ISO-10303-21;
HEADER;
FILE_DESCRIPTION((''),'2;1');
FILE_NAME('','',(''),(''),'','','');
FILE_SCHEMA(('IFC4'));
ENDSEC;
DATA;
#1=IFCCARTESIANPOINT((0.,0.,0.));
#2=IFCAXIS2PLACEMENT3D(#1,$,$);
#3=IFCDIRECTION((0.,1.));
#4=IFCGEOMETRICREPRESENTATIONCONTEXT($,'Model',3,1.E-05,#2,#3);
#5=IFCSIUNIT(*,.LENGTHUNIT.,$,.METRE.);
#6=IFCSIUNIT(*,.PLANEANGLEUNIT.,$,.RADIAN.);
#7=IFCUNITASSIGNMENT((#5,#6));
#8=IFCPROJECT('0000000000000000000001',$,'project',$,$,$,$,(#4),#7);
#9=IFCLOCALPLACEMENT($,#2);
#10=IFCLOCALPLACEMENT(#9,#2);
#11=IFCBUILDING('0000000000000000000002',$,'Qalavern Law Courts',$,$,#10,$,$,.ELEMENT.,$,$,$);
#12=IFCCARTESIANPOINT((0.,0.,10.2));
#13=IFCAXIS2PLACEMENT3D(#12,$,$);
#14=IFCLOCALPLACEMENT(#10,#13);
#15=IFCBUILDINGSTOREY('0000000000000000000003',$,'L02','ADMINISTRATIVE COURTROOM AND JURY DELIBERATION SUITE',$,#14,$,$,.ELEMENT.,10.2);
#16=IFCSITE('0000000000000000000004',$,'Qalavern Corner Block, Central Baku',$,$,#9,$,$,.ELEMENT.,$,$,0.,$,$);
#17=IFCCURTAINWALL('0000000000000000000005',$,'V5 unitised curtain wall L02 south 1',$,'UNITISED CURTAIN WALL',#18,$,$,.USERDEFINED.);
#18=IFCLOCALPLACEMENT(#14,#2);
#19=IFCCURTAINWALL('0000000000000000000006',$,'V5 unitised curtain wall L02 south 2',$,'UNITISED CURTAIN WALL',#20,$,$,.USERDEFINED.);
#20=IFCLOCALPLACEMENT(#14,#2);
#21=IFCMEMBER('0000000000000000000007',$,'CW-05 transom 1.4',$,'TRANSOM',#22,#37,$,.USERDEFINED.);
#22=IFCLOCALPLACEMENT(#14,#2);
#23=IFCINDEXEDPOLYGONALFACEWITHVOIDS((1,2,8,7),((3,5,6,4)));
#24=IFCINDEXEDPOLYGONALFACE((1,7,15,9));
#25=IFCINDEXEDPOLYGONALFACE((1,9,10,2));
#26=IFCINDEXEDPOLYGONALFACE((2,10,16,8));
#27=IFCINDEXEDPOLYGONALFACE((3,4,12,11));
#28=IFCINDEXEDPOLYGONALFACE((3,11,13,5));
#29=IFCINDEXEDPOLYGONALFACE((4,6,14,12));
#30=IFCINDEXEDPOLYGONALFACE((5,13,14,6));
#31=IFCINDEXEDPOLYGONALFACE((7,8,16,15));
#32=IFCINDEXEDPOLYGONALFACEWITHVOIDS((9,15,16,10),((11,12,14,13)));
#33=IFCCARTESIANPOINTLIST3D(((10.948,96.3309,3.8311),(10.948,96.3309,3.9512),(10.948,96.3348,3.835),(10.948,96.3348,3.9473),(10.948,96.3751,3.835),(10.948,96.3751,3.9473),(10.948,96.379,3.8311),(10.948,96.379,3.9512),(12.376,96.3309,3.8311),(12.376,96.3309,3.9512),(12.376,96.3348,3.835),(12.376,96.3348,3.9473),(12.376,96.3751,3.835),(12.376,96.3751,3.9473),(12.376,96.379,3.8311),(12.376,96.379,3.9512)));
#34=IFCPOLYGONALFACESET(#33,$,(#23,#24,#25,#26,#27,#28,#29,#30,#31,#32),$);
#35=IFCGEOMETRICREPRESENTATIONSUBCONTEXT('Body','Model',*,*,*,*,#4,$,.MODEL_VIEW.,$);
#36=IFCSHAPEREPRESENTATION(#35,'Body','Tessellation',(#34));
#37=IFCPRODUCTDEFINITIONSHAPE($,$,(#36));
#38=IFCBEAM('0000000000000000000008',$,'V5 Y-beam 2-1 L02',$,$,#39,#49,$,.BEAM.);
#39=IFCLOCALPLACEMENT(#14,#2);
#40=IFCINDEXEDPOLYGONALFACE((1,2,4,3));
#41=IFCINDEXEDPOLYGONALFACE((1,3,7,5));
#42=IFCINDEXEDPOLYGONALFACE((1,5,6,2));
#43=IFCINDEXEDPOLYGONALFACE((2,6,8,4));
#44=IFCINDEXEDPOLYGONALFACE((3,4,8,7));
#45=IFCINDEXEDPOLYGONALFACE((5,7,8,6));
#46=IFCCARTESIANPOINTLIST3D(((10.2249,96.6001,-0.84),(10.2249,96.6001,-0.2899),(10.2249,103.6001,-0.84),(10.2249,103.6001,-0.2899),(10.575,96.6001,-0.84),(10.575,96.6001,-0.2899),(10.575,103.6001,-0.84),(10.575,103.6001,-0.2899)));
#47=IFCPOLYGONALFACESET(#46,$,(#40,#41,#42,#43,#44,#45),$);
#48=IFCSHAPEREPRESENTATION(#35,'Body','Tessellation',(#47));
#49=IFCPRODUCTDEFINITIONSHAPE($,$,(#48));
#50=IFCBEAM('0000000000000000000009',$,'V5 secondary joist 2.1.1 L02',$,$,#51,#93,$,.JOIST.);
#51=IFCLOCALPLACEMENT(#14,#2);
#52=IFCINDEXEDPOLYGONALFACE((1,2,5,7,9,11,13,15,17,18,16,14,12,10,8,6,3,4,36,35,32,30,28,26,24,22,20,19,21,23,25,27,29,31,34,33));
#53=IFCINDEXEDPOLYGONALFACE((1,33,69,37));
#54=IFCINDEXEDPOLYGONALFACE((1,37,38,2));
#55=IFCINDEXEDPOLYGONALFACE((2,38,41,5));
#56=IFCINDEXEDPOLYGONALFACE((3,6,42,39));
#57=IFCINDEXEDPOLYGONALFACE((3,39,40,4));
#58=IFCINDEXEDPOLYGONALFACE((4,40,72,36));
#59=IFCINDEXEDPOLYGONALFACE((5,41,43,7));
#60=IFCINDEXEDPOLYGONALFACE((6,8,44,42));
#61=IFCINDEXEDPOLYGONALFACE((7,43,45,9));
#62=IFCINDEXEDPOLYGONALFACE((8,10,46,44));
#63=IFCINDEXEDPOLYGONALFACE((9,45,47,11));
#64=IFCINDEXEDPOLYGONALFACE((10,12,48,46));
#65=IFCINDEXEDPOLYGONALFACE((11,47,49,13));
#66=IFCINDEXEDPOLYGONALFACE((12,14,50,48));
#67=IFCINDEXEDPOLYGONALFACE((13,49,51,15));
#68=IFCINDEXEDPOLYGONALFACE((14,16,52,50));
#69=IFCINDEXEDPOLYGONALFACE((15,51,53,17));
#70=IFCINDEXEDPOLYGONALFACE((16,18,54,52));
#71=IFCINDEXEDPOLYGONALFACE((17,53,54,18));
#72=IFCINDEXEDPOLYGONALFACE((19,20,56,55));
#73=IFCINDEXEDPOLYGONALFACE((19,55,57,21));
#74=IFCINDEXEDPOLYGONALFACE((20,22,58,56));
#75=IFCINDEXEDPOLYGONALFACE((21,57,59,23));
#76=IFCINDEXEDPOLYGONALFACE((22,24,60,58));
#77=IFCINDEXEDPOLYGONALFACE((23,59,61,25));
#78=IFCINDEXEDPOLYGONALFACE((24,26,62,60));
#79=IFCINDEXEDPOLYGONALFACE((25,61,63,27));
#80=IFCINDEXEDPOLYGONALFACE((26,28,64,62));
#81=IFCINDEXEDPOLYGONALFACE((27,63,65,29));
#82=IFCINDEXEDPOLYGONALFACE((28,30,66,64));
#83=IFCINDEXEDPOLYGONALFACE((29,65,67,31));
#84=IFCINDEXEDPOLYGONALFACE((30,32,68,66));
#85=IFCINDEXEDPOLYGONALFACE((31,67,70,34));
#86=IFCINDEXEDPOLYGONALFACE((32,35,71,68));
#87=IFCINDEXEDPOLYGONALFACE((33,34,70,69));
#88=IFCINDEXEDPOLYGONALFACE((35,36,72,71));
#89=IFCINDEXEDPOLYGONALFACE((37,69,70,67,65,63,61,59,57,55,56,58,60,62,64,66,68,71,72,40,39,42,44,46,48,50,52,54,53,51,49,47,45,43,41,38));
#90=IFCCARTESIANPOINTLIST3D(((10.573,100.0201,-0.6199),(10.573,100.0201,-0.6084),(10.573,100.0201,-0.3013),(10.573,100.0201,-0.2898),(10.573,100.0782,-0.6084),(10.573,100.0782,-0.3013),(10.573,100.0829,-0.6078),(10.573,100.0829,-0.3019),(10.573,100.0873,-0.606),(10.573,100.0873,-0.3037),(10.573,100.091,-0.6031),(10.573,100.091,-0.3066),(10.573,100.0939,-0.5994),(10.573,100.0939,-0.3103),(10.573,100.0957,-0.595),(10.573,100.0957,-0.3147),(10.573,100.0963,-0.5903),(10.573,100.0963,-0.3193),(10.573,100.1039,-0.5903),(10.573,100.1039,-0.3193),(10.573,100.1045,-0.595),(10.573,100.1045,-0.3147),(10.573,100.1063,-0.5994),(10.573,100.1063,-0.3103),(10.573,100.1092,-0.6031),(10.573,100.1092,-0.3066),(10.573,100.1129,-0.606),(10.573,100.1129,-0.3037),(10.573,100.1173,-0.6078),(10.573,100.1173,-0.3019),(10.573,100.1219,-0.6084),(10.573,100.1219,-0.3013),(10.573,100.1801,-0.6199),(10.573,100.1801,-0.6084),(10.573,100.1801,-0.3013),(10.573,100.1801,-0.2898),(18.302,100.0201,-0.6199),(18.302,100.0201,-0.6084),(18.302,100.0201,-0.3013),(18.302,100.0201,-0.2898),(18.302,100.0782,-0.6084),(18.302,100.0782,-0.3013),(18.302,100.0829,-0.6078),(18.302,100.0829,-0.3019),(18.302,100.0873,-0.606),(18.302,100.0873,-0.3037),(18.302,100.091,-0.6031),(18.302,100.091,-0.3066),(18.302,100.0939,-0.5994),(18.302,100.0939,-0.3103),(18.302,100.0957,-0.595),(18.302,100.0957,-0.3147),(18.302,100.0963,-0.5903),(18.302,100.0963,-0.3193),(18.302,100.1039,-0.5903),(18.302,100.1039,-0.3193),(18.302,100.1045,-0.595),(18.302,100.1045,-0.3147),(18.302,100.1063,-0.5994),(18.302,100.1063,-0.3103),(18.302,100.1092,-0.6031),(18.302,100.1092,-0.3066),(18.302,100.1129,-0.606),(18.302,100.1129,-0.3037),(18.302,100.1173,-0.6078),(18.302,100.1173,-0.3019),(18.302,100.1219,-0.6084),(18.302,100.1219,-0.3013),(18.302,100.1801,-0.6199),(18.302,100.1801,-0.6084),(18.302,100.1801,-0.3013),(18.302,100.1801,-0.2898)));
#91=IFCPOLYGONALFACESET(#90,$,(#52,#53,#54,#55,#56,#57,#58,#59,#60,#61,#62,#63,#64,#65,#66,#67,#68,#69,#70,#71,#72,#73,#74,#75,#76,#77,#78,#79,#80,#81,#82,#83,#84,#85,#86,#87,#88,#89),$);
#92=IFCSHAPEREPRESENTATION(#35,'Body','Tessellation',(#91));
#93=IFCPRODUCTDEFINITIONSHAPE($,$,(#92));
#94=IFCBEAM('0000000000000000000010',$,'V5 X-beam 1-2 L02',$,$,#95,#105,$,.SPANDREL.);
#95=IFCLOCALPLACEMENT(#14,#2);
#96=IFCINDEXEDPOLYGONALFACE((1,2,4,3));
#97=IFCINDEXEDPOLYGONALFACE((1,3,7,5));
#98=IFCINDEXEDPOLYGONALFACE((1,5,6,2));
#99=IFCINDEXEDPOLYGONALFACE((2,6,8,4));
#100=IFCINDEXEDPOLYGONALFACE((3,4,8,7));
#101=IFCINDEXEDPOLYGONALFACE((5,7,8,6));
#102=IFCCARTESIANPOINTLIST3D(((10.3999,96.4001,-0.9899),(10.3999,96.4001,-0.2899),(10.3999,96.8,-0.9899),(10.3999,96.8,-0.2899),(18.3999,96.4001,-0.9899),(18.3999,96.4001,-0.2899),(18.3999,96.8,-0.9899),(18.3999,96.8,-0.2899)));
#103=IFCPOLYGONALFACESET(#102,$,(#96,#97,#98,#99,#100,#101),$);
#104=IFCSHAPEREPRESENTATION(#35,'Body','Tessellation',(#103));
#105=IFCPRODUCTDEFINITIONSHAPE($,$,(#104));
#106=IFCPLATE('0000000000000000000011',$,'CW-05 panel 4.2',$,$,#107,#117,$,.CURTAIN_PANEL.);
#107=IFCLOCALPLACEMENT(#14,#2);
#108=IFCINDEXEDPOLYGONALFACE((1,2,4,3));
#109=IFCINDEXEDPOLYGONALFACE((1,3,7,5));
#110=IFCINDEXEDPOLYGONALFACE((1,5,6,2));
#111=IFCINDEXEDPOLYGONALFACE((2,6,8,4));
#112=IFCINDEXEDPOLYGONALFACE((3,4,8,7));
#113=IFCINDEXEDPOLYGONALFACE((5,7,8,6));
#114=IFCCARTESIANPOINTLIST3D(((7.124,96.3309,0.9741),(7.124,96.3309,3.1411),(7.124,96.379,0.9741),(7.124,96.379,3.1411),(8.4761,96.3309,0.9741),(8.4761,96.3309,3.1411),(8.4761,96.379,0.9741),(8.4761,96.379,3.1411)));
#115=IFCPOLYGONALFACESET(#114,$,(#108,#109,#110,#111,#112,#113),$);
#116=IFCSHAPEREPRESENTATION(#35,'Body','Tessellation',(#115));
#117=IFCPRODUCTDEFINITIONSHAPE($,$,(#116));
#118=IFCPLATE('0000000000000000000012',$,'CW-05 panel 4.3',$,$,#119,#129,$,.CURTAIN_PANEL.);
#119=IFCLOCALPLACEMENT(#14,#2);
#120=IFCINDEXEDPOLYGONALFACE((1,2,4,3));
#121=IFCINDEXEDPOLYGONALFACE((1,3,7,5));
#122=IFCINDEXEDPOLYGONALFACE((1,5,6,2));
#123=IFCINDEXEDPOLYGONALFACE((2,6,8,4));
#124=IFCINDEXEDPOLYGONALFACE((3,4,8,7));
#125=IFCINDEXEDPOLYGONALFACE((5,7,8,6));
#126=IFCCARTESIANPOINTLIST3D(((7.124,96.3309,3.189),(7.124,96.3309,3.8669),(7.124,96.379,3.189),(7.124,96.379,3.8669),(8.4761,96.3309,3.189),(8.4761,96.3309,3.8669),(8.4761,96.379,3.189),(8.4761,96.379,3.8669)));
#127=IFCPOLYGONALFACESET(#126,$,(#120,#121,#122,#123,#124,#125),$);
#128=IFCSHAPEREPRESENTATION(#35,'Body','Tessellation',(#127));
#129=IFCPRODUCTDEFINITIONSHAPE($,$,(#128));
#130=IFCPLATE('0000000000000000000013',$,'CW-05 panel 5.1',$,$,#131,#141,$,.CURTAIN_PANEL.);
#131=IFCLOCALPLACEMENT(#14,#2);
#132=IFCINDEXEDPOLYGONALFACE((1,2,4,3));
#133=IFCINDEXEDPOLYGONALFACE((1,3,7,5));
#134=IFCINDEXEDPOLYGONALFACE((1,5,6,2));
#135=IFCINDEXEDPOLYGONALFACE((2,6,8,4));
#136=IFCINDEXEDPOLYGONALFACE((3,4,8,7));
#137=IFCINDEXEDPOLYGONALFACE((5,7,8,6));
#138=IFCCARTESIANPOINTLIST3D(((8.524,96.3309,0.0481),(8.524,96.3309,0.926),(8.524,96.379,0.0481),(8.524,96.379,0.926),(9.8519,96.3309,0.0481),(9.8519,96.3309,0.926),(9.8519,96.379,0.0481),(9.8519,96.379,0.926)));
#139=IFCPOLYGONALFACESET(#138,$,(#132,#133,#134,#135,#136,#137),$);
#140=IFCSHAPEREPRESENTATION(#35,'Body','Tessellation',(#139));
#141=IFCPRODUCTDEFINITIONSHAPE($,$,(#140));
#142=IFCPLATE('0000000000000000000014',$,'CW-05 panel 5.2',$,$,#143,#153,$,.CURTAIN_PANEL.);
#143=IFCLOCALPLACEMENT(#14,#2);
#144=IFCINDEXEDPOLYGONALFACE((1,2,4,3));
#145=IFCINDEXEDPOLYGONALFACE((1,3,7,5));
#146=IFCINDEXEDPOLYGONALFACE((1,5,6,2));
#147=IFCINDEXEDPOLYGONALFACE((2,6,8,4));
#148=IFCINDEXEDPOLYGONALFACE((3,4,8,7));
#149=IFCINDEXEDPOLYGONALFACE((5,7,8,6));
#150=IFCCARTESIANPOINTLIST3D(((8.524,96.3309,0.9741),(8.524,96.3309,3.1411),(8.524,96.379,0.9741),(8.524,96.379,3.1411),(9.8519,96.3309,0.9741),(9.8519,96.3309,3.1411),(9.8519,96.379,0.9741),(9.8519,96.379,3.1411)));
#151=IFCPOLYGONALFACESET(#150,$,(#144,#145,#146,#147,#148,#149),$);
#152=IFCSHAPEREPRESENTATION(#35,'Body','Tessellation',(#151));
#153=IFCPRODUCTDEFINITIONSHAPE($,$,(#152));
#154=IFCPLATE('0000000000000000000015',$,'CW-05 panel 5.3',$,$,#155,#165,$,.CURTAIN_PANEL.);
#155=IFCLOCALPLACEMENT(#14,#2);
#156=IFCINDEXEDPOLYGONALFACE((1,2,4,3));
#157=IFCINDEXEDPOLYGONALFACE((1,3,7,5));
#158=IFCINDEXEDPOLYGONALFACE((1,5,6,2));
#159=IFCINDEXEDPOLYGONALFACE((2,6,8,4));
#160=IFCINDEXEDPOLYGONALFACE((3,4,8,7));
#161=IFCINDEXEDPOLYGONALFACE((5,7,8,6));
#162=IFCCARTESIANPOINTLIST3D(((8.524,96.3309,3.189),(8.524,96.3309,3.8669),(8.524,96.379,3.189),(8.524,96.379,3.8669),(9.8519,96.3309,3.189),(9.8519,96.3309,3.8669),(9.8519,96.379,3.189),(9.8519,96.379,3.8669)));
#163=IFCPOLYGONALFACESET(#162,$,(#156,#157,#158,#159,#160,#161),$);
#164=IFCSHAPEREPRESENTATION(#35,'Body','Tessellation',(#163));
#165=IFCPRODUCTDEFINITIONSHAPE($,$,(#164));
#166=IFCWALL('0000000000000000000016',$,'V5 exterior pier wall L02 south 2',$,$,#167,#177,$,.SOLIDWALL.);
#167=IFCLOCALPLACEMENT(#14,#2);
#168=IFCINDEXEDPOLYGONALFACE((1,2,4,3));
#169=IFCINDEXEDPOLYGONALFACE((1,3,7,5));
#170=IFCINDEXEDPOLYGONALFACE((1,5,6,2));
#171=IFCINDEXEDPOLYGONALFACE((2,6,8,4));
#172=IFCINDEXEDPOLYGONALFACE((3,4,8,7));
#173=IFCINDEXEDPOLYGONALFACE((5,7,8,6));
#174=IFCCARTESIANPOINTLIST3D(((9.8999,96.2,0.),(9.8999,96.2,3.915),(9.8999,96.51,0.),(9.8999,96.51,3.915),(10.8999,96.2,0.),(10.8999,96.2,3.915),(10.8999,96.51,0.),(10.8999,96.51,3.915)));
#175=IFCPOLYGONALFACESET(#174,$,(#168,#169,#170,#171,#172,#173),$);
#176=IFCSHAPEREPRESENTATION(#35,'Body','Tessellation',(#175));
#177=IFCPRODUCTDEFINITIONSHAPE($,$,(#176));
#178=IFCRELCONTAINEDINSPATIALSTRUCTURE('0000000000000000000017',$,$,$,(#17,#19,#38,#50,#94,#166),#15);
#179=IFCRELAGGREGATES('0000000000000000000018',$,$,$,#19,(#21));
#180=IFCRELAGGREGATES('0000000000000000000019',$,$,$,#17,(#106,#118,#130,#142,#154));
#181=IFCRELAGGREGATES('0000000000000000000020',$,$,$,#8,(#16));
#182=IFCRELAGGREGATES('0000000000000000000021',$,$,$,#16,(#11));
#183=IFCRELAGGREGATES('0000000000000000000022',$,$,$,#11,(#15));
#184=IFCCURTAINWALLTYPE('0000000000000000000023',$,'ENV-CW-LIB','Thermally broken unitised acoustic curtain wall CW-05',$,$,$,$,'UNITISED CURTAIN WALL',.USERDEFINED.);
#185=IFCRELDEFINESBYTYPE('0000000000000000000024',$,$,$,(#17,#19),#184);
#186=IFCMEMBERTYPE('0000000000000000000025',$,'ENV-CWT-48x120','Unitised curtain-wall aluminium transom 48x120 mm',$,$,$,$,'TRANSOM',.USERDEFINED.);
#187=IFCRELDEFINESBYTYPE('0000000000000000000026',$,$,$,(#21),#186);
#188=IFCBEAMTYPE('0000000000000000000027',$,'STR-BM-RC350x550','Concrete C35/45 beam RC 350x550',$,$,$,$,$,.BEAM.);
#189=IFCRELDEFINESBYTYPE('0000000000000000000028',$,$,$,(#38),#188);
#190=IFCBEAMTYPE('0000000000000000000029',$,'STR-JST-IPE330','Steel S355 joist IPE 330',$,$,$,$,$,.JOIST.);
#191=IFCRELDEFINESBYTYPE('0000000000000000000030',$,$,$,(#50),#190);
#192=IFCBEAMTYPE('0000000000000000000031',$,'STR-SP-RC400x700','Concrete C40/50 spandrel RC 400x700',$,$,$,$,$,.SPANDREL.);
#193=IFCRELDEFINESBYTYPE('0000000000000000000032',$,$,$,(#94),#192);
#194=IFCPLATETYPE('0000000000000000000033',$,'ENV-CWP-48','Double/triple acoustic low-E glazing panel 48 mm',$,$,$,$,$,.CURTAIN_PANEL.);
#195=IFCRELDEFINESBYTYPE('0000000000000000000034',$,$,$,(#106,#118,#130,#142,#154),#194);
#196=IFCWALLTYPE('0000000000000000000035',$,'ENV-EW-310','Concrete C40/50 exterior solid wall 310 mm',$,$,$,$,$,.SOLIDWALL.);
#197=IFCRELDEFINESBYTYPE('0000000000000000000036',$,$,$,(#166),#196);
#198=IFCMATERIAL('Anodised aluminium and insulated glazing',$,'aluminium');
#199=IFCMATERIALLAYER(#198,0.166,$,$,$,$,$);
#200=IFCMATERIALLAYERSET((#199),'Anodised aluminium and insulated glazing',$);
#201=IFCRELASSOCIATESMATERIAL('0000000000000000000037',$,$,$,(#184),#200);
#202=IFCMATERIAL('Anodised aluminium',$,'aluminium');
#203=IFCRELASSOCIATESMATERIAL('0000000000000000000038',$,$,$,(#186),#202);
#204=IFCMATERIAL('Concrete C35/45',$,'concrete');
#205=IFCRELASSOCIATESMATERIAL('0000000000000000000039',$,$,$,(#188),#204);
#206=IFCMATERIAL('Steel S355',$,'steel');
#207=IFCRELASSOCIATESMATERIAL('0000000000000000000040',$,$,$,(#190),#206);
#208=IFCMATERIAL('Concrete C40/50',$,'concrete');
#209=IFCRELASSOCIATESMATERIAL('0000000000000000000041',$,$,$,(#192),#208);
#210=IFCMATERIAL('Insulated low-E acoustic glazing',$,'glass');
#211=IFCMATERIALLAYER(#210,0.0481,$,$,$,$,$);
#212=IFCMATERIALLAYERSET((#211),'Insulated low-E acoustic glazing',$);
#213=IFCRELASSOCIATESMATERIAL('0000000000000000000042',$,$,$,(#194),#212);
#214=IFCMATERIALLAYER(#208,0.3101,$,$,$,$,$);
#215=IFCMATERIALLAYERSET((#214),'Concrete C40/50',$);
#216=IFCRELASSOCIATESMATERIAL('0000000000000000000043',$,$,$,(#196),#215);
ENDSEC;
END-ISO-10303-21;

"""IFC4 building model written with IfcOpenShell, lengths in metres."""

from ifc_helpers import new_model, si_unit, direction, frame, frame_2d, origin, origin_2d, place, context, subcontext, project, spatial, rectangle, hollow_rectangle, i_section, extrude, material, layer, layer_set, material_profile, profile_set, type_object, element, aggregate, save


model = new_model("IFC4")

# Units and contexts
model_context = context("Model", 3, precision=1e-05, world=origin(), true_north=direction((0.0, 1.0)))
body_context = subcontext(model_context, "Body", "Model", "MODEL_VIEW")
ifc_project = project(units=[si_unit("LENGTHUNIT", "METRE"), si_unit("PLANEANGLEUNIT", "RADIAN")], contexts=[model_context])

# Site, building, storey
site_placement = place(None, origin())
site = spatial("IfcSite", under=ifc_project, at=site_placement, Name="Qalavern Corner Block, Central Baku", CompositionType="ELEMENT", RefElevation=0.0)
building_placement = place(site_placement, origin())
building = spatial("IfcBuilding", under=site, at=building_placement, Name="Qalavern Law Courts", CompositionType="ELEMENT")
storey_placement = place(building_placement, frame((0.0, 0.0, 10.2)))
storey = spatial("IfcBuildingStorey", under=building, at=storey_placement, Name="L02", Description="ADMINISTRATIVE COURTROOM AND JURY DELIBERATION SUITE", CompositionType="ELEMENT", Elevation=10.2)

# Curtain wall
ifc_material_1 = material(Name="Anodised aluminium and insulated glazing", Category="aluminium")
ifc_layer_1 = layer(ifc_material_1, 0.166)
ifc_layer_set_1 = layer_set([ifc_layer_1], Name="Anodised aluminium and insulated glazing")
curtain_wall_type = type_object("IfcCurtainWallType", Name="ENV-CW-LIB", Description="Thermally broken unitised acoustic curtain wall CW-05", ElementType="UNITISED CURTAIN WALL", PredefinedType="USERDEFINED", material=ifc_layer_set_1)
curtain_wall_1_placement = place(storey_placement, origin())
curtain_wall_1 = element("IfcCurtainWall", 1, at=curtain_wall_1_placement, inside=storey, type_object=curtain_wall_type, Name="V5 unitised curtain wall L02 south 1", ObjectType="UNITISED CURTAIN WALL", PredefinedType="USERDEFINED")
ifc_material_2 = material(Name="Anodised aluminium", Category="aluminium")

# Curtain wall
curtain_wall_2_placement = place(storey_placement, origin())
curtain_wall_2 = element("IfcCurtainWall", 2, at=curtain_wall_2_placement, inside=storey, type_object=curtain_wall_type, Name="V5 unitised curtain wall L02 south 2", ObjectType="UNITISED CURTAIN WALL", PredefinedType="USERDEFINED")

# Member
ifc_material_profile_1 = material_profile(ifc_material_2, hollow_rectangle(XDim=0.0481, YDim=0.1201, WallThickness=0.0039, at=origin_2d()), Name="ALU TRANSOM 48x120")
ifc_profile_set_1 = profile_set([ifc_material_profile_1], Name="Anodised aluminium")
member_type_1 = type_object("IfcMemberType", Name="ENV-CWT-48x120", Description="Unitised curtain-wall aluminium transom 48x120 mm", ElementType="TRANSOM", PredefinedType="USERDEFINED", material=ifc_profile_set_1)
member_1_placement = place(storey_placement, frame((10.948, 96.355, 3.8911), z_axis=(1.0, 0.0, 0.0), x_axis=(0.0, 1.0, 0.0)))
member_1 = element("IfcMember", 3, at=member_1_placement, type_object=member_type_1, Name="CW-05 transom 1.4", ObjectType="TRANSOM", PredefinedType="USERDEFINED", context=body_context, shape_type="SweptSolid", body=[
    extrude(hollow_rectangle(XDim=0.0481, YDim=0.1201, WallThickness=0.0039, at=origin_2d()), origin(), (0.0, 0.0, 1.0), 1.428),
])
aggregate(curtain_wall_2, [member_1])

# Beams
ifc_material_3 = material(Name="Concrete C35/45", Category="concrete")
ifc_material_profile_2 = material_profile(ifc_material_3, rectangle(XDim=0.3501, YDim=0.55, at=origin_2d()), Name="RC 350x550")
ifc_profile_set_2 = profile_set([ifc_material_profile_2], Name="Concrete C35/45")
beam_type_1 = type_object("IfcBeamType", Name="STR-BM-RC350x550", Description="Concrete C35/45 beam RC 350x550", PredefinedType="BEAM", material=ifc_profile_set_2)
beam_1_placement = place(storey_placement, frame((10.3999, 96.6001, -0.5649), z_axis=(0.0, 1.0, 0.0), x_axis=(-1.0, 0.0, 0.0)))
element("IfcBeam", 4, at=beam_1_placement, inside=storey, type_object=beam_type_1, Name="V5 Y-beam 2-1 L02", PredefinedType="BEAM", context=body_context, shape_type="SweptSolid", body=[
    extrude(rectangle(XDim=0.3501, YDim=0.55, at=origin_2d()), origin(), (0.0, 0.0, 1.0), 7.0),
])
ifc_material_4 = material(Name="Steel S355", Category="steel")
ifc_material_profile_3 = material_profile(ifc_material_4, i_section(OverallWidth=0.1599, OverallDepth=0.3301, WebThickness=0.0076, FlangeThickness=0.0115, FilletRadius=0.0181, at=origin_2d()), Name="IPE 330")
ifc_profile_set_3 = profile_set([ifc_material_profile_3], Name="Steel S355")
beam_type_2 = type_object("IfcBeamType", Name="STR-JST-IPE330", Description="Steel S355 joist IPE 330", PredefinedType="JOIST", material=ifc_profile_set_3)
beam_2_placement = place(storey_placement, frame((10.573, 100.1001, -0.4548), z_axis=(1.0, 0.0, 0.0), x_axis=(0.0, 1.0, 0.0)))
element("IfcBeam", 5, at=beam_2_placement, inside=storey, type_object=beam_type_2, Name="V5 secondary joist 2.1.1 L02", PredefinedType="JOIST", context=body_context, shape_type="SweptSolid", body=[
    extrude(i_section(OverallWidth=0.1599, OverallDepth=0.3301, WebThickness=0.0076, FlangeThickness=0.0115, FilletRadius=0.0181, at=origin_2d()), origin(), (0.0, 0.0, 1.0), 7.729),
])
ifc_material_5 = material(Name="Concrete C40/50", Category="concrete")
ifc_material_profile_4 = material_profile(ifc_material_5, rectangle(XDim=0.3999, YDim=0.7, at=origin_2d()), Name="RC 400x700")
ifc_profile_set_4 = profile_set([ifc_material_profile_4], Name="Concrete C40/50")
beam_type_3 = type_object("IfcBeamType", Name="STR-SP-RC400x700", Description="Concrete C40/50 spandrel RC 400x700", PredefinedType="SPANDREL", material=ifc_profile_set_4)
beam_3_placement = place(storey_placement, frame((10.3999, 96.6001, -0.6399), z_axis=(1.0, 0.0, 0.0), x_axis=(0.0, 1.0, 0.0)))
element("IfcBeam", 6, at=beam_3_placement, inside=storey, type_object=beam_type_3, Name="V5 X-beam 1-2 L02", PredefinedType="SPANDREL", context=body_context, shape_type="SweptSolid", body=[
    extrude(rectangle(XDim=0.3999, YDim=0.7, at=origin_2d()), origin(), (0.0, 0.0, 1.0), 8.0),
])

# Plates
ifc_material_6 = material(Name="Insulated low-E acoustic glazing", Category="glass")
ifc_layer_2 = layer(ifc_material_6, 0.0481)
ifc_layer_set_2 = layer_set([ifc_layer_2], Name="Insulated low-E acoustic glazing")
plate_type = type_object("IfcPlateType", Name="ENV-CWP-48", Description="Double/triple acoustic low-E glazing panel 48 mm", PredefinedType="CURTAIN_PANEL", material=ifc_layer_set_2)
plate_1_placement = place(storey_placement, frame((7.8, 96.355, 0.9741), z_axis=(0.0, 0.0, 1.0), x_axis=(1.0, 0.0, 0.0)))
plate_1 = element("IfcPlate", 7, at=plate_1_placement, type_object=plate_type, Name="CW-05 panel 4.2", PredefinedType="CURTAIN_PANEL", context=body_context, shape_type="SweptSolid", body=[
    extrude(rectangle(XDim=1.3521, YDim=0.0481, at=origin_2d()), origin(), (0.0, 0.0, 1.0), 2.167),
])
plate_2_placement = place(storey_placement, frame((7.8, 96.355, 3.189), z_axis=(0.0, 0.0, 1.0), x_axis=(1.0, 0.0, 0.0)))
plate_2 = element("IfcPlate", 8, at=plate_2_placement, type_object=plate_type, Name="CW-05 panel 4.3", PredefinedType="CURTAIN_PANEL", context=body_context, shape_type="SweptSolid", body=[
    extrude(rectangle(XDim=1.3521, YDim=0.0481, at=origin_2d()), origin(), (0.0, 0.0, 1.0), 0.678),
])
plate_3_placement = place(storey_placement, frame((9.188, 96.355, 0.0481), z_axis=(0.0, 0.0, 1.0), x_axis=(1.0, 0.0, 0.0)))
plate_3 = element("IfcPlate", 9, at=plate_3_placement, type_object=plate_type, Name="CW-05 panel 5.1", PredefinedType="CURTAIN_PANEL", context=body_context, shape_type="SweptSolid", body=[
    extrude(rectangle(XDim=1.3279, YDim=0.0481, at=origin_2d()), origin(), (0.0, 0.0, 1.0), 0.8779),
])
plate_4_placement = place(storey_placement, frame((9.188, 96.355, 0.9741), z_axis=(0.0, 0.0, 1.0), x_axis=(1.0, 0.0, 0.0)))
plate_4 = element("IfcPlate", 10, at=plate_4_placement, type_object=plate_type, Name="CW-05 panel 5.2", PredefinedType="CURTAIN_PANEL", context=body_context, shape_type="SweptSolid", body=[
    extrude(rectangle(XDim=1.3279, YDim=0.0481, at=origin_2d()), origin(), (0.0, 0.0, 1.0), 2.167),
])
plate_5_placement = place(storey_placement, frame((9.188, 96.355, 3.189), z_axis=(0.0, 0.0, 1.0), x_axis=(1.0, 0.0, 0.0)))
plate_5 = element("IfcPlate", 11, at=plate_5_placement, type_object=plate_type, Name="CW-05 panel 5.3", PredefinedType="CURTAIN_PANEL", context=body_context, shape_type="SweptSolid", body=[
    extrude(rectangle(XDim=1.3279, YDim=0.0481, at=origin_2d()), origin(), (0.0, 0.0, 1.0), 0.678),
])
aggregate(curtain_wall_1, [plate_1, plate_2, plate_3, plate_4, plate_5])

# Wall
ifc_layer_3 = layer(ifc_material_5, 0.3101)
ifc_layer_set_3 = layer_set([ifc_layer_3], Name="Concrete C40/50")
wall_type_1 = type_object("IfcWallType", Name="ENV-EW-310", Description="Concrete C40/50 exterior solid wall 310 mm", PredefinedType="SOLIDWALL", material=ifc_layer_set_3)
wall_1_placement = place(storey_placement, frame((9.8999, 96.355, 0.0), z_axis=(0.0, 0.0, 1.0), x_axis=(1.0, 0.0, 0.0)))
element("IfcWall", 12, at=wall_1_placement, inside=storey, type_object=wall_type_1, Name="V5 exterior pier wall L02 south 2", PredefinedType="SOLIDWALL", context=body_context, shape_type="SweptSolid", body=[
    extrude(rectangle(XDim=1.0, YDim=0.3101, at=frame_2d((0.5, 0.0))), origin(), (0.0, 0.0, 1.0), 3.915),
])

save(model, "model.ifc")
